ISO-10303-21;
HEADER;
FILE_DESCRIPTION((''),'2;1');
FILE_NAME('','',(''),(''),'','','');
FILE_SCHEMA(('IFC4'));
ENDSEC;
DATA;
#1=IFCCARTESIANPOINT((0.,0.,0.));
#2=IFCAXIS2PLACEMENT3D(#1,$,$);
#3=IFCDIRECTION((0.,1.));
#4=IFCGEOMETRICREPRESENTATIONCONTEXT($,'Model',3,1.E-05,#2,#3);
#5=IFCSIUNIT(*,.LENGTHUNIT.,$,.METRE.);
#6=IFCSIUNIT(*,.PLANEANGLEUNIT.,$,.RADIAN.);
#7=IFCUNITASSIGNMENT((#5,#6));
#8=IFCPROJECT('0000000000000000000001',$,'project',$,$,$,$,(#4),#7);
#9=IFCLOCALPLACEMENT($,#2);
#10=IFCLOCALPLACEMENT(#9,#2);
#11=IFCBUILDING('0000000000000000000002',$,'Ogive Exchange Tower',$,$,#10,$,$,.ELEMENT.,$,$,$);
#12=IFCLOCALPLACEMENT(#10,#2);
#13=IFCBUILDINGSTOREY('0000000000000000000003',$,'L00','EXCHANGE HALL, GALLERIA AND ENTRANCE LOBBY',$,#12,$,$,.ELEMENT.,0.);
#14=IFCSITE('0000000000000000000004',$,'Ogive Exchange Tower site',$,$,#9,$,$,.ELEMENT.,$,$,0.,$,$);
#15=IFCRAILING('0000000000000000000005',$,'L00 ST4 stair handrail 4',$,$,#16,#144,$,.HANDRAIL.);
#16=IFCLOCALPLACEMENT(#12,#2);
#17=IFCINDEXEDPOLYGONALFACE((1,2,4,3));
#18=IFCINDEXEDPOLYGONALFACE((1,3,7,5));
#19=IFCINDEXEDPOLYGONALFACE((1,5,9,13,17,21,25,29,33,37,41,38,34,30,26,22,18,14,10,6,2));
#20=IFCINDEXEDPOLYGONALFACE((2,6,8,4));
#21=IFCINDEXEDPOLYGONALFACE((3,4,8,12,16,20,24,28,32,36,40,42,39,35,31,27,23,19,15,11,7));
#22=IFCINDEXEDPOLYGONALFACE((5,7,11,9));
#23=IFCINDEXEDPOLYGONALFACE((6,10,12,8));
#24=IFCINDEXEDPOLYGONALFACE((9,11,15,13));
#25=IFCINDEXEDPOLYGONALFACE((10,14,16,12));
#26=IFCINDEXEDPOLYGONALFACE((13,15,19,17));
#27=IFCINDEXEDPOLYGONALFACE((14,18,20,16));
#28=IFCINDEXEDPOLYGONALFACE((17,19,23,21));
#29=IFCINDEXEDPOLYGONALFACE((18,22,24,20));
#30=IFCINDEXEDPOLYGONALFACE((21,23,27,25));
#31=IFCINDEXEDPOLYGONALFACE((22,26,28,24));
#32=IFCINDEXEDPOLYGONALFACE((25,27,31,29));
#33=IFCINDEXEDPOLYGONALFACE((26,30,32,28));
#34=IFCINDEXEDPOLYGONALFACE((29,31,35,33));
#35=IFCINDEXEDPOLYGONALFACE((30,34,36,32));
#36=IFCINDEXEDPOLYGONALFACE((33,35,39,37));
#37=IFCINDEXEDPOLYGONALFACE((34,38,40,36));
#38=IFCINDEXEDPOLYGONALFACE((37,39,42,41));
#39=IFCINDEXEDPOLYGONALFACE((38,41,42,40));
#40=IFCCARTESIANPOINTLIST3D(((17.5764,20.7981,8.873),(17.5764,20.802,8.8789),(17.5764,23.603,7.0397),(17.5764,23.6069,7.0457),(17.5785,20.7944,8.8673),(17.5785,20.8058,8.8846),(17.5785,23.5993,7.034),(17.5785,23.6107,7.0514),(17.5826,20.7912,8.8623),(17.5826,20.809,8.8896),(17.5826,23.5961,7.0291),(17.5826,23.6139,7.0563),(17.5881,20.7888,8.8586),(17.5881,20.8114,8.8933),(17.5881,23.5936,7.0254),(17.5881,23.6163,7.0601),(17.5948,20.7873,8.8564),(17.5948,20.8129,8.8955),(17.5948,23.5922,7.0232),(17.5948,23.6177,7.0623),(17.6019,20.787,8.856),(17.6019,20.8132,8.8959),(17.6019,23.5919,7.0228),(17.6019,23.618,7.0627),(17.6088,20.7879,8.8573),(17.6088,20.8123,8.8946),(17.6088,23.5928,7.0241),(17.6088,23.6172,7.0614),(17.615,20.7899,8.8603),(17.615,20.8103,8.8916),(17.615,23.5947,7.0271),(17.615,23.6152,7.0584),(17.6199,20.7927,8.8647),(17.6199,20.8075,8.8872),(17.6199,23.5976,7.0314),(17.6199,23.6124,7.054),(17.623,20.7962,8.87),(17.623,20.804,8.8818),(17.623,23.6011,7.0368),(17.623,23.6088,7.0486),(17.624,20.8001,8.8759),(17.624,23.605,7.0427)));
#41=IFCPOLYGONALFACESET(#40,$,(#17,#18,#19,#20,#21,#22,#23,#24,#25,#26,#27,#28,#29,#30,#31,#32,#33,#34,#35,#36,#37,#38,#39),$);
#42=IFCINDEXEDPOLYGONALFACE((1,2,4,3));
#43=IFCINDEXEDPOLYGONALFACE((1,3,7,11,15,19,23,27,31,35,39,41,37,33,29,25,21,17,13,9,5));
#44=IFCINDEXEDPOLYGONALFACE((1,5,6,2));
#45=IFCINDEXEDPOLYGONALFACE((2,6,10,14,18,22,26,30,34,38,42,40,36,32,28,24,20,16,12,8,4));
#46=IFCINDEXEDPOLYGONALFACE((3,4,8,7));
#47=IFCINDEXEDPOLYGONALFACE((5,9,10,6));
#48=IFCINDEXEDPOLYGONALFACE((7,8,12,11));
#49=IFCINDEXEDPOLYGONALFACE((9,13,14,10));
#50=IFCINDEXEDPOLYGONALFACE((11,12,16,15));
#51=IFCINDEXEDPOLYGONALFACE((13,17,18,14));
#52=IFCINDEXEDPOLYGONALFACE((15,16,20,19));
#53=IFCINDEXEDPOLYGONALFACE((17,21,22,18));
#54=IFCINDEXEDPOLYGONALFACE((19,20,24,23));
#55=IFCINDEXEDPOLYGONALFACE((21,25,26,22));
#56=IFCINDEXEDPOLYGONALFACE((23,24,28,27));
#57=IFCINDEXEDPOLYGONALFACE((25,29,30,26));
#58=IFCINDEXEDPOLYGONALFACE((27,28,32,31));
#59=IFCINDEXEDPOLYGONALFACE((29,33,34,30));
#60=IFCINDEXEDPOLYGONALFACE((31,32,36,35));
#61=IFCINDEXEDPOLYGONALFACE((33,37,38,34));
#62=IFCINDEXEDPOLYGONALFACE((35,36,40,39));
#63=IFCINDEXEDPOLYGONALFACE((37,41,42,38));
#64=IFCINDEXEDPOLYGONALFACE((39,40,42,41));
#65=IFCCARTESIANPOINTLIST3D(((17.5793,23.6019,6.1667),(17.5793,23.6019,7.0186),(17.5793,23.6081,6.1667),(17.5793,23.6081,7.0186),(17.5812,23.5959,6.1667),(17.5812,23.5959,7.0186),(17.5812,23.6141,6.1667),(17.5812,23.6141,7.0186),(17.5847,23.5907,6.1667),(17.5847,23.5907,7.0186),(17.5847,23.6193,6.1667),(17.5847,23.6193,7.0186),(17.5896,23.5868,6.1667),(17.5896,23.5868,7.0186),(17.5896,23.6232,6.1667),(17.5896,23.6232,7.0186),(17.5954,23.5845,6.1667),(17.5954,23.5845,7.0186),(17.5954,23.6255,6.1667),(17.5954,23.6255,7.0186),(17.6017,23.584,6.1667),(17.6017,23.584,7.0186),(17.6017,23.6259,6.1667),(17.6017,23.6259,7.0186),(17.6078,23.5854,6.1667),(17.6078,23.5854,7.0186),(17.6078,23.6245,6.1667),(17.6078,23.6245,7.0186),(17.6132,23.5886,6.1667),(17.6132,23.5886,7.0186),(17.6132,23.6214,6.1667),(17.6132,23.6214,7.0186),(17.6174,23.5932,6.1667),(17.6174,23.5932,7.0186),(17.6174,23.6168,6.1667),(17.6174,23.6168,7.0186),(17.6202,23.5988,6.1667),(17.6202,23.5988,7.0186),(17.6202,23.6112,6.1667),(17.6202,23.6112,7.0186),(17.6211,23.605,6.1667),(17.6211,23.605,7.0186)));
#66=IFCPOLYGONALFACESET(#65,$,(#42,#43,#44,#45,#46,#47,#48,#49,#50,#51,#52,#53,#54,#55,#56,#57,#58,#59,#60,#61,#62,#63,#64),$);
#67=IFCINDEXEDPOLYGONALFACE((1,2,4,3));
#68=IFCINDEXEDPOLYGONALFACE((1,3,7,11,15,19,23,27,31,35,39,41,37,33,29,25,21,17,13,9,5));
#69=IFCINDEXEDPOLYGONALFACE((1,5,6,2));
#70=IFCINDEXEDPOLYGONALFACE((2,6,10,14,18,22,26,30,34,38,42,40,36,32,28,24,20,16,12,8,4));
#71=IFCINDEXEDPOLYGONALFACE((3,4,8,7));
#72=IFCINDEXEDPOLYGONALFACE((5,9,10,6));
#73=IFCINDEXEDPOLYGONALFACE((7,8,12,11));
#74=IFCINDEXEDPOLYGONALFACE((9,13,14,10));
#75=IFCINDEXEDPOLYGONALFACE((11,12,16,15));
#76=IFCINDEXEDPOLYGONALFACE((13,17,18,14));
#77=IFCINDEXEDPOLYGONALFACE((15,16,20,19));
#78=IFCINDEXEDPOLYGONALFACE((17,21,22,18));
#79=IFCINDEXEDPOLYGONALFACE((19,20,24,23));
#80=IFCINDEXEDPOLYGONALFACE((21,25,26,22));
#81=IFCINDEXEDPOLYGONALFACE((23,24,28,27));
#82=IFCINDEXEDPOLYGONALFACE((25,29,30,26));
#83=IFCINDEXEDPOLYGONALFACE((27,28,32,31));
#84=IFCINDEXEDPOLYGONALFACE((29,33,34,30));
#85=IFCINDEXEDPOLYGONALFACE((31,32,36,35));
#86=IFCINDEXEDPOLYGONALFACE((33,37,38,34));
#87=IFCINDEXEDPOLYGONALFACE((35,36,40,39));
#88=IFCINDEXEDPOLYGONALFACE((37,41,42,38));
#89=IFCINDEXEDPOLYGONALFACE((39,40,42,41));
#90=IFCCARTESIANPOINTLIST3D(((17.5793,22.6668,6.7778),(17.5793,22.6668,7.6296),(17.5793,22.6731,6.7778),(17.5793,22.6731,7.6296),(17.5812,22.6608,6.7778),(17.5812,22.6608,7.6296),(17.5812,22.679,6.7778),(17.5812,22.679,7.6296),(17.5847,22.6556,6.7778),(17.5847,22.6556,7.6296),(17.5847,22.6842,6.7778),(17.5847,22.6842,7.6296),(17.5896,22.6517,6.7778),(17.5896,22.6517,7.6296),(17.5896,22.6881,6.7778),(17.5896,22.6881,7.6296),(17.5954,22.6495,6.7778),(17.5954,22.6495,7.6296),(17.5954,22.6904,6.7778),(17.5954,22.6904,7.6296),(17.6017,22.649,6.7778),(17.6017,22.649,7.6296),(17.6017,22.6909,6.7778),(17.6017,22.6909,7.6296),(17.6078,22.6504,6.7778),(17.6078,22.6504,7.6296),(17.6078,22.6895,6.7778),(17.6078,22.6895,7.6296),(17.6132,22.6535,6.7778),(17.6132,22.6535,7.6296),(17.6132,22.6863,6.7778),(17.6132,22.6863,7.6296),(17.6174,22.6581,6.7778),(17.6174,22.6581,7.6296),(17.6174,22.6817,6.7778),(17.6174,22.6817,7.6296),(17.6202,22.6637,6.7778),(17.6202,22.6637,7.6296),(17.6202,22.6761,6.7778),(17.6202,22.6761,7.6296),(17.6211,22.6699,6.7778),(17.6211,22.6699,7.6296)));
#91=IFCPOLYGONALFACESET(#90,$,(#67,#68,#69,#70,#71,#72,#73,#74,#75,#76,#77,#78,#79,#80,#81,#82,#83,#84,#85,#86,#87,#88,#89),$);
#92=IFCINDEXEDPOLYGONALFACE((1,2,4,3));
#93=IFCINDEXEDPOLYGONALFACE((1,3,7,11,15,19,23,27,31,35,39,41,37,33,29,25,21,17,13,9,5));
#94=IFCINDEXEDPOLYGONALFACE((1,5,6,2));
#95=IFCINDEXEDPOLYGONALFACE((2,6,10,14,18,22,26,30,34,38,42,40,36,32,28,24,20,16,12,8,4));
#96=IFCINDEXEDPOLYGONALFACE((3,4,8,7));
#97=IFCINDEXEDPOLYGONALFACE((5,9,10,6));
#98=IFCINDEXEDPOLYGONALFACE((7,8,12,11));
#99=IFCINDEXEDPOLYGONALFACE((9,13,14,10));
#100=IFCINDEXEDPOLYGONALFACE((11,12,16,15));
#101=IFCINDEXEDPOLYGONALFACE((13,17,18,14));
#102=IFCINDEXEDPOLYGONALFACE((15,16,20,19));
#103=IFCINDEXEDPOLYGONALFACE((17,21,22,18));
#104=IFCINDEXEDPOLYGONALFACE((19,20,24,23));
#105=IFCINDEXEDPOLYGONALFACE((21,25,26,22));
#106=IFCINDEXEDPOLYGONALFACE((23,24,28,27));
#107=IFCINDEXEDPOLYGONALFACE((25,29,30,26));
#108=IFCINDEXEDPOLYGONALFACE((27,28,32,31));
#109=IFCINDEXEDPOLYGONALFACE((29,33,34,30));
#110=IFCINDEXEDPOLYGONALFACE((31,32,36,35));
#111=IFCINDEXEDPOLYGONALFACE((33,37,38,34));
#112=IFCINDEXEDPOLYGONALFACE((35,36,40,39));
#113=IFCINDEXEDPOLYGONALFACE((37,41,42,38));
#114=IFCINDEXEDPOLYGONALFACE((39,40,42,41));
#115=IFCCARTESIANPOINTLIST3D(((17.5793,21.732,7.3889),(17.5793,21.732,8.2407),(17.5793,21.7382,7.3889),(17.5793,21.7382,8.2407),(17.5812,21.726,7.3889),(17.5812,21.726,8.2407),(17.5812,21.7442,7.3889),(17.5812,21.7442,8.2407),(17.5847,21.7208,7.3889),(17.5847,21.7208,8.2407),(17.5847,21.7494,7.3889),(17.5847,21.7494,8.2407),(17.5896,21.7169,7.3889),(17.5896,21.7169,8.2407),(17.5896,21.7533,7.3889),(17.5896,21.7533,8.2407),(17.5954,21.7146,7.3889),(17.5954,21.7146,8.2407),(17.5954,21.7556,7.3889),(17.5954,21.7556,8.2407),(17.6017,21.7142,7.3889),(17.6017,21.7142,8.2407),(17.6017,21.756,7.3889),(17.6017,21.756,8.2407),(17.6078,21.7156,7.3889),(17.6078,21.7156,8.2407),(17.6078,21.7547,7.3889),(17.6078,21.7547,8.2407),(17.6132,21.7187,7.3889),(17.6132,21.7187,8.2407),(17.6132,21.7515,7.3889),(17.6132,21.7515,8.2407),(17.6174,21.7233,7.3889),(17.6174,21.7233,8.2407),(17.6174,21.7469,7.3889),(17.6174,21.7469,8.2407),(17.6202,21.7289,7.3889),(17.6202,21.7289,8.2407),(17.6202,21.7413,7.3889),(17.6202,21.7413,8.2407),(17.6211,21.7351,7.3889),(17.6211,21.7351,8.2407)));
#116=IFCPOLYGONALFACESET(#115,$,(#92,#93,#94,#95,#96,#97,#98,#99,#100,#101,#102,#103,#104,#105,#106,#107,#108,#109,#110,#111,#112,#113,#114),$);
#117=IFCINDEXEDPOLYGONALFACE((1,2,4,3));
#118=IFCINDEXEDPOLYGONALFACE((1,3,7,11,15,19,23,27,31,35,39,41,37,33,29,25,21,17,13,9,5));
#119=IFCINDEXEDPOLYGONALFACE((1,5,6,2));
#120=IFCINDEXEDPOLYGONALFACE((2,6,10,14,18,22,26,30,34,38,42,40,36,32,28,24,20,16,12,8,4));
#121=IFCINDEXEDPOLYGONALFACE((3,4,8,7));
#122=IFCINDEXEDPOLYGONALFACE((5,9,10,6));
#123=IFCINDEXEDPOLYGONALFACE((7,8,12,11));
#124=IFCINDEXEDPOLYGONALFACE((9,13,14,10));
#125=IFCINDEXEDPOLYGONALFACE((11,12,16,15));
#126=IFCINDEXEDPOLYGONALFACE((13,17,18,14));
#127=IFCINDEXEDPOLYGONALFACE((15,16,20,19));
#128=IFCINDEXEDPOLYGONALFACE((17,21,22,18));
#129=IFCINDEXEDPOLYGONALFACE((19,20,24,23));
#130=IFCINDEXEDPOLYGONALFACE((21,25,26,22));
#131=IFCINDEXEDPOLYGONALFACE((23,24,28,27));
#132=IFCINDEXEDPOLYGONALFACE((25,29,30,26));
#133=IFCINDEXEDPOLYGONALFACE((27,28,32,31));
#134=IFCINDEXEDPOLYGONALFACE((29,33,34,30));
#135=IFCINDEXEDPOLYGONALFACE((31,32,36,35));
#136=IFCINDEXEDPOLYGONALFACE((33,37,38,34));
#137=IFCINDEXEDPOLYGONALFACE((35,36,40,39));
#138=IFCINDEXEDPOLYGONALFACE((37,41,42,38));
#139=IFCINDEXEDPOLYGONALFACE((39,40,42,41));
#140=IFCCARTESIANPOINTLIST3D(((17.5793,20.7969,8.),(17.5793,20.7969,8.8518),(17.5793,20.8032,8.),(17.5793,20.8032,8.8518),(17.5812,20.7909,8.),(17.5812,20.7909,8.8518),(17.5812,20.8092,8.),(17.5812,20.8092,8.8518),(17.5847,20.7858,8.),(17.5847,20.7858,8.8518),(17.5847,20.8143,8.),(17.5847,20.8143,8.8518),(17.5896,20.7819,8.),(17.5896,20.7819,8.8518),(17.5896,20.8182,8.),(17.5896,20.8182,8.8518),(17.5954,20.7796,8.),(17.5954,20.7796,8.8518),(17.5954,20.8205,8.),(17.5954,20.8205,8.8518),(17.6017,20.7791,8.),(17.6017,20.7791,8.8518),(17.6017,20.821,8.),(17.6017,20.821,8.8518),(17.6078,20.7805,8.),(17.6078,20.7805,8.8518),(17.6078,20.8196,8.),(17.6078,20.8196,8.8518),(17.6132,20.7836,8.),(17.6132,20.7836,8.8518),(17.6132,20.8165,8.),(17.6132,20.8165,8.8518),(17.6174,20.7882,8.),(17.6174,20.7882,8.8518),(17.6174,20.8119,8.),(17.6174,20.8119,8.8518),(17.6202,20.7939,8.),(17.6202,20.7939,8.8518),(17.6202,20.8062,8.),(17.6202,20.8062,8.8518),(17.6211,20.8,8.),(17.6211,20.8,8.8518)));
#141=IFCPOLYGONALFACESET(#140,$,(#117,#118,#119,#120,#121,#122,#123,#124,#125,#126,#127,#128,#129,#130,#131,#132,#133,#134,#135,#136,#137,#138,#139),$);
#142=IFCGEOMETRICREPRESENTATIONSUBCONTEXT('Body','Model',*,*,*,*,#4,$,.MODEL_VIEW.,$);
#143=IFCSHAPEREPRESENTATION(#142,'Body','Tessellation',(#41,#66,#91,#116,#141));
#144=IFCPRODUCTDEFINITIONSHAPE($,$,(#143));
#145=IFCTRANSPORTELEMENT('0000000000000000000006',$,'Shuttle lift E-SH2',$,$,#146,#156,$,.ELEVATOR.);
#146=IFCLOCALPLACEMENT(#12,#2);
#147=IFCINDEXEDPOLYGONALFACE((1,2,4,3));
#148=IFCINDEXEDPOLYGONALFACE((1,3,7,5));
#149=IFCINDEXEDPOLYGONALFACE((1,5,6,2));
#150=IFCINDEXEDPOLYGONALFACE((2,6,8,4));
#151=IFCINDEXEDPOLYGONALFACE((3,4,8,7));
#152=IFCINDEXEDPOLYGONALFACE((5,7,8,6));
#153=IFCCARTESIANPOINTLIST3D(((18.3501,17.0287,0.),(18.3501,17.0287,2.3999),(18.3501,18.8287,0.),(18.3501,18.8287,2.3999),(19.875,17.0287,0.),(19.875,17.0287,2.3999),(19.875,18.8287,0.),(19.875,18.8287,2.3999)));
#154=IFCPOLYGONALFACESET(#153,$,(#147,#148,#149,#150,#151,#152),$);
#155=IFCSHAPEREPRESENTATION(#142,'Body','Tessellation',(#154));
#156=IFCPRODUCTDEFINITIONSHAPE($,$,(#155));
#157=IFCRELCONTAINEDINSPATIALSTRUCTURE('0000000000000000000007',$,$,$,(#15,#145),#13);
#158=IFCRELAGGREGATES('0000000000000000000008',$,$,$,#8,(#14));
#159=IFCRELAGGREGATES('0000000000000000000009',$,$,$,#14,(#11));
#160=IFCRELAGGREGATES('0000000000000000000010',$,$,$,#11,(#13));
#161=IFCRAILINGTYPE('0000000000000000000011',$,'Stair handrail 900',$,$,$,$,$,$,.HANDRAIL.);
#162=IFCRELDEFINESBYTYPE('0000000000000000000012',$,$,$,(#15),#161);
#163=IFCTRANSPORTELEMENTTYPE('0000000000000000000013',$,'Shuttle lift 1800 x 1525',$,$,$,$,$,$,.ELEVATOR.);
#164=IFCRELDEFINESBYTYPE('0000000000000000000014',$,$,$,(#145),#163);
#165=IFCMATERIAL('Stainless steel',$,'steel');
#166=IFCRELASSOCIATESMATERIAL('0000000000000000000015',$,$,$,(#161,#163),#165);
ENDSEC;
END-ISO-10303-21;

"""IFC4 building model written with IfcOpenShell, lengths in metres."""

from ifc_helpers import new_model, si_unit, direction, frame, origin, origin_2d, place, context, subcontext, project, spatial, rectangle, circle, extrude, material, type_object, element, save


model = new_model("IFC4")

# Units and contexts
model_context = context("Model", 3, precision=1e-05, world=origin(), true_north=direction((0.0, 1.0)))
body_context = subcontext(model_context, "Body", "Model", "MODEL_VIEW")
ifc_project = project(units=[si_unit("LENGTHUNIT", "METRE"), si_unit("PLANEANGLEUNIT", "RADIAN")], contexts=[model_context])

# Site, building, storey
site_placement = place(None, origin())
site = spatial("IfcSite", under=ifc_project, at=site_placement, Name="Ogive Exchange Tower site", CompositionType="ELEMENT", RefElevation=0.0)
building_placement = place(site_placement, origin())
building = spatial("IfcBuilding", under=site, at=building_placement, Name="Ogive Exchange Tower", CompositionType="ELEMENT")
storey_placement = place(building_placement, origin())
storey = spatial("IfcBuildingStorey", under=building, at=storey_placement, Name="L00", Description="EXCHANGE HALL, GALLERIA AND ENTRANCE LOBBY", CompositionType="ELEMENT", Elevation=0.0)

# Railing
ifc_material_1 = material(Name="Stainless steel", Category="steel")
railing_type = type_object("IfcRailingType", Name="Stair handrail 900", PredefinedType="HANDRAIL", material=ifc_material_1)
railing_1_placement = place(storey_placement, frame((17.6001, 23.605, 6.1667)))
element("IfcRailing", 1, at=railing_1_placement, inside=storey, type_object=railing_type, Name="L00 ST4 stair handrail 4", PredefinedType="HANDRAIL", context=body_context, shape_type="SweptSolid", body=[
    extrude(circle(Radius=0.0239, at=origin_2d()), frame((0.0, 0.0, 0.876), z_axis=(0.0, -0.837071, 0.547094), x_axis=(1.0, 0.0, 0.0)), (0.0, 0.0, 1.0), 3.3508),
    extrude(circle(Radius=0.021, at=origin_2d()), origin(), (0.0, 0.0, 1.0), 0.8518),
    extrude(circle(Radius=0.021, at=origin_2d()), frame((0.0, -0.9351, 0.6111)), (0.0, 0.0, 1.0), 0.8518),
    extrude(circle(Radius=0.021, at=origin_2d()), frame((0.0, -1.8699, 1.2222)), (0.0, 0.0, 1.0), 0.8518),
    extrude(circle(Radius=0.021, at=origin_2d()), frame((0.0, -2.8049, 1.8333)), (0.0, 0.0, 1.0), 0.8518),
])

# Transport element
transport_element_type = type_object("IfcTransportElementType", Name="Shuttle lift 1800 x 1525", PredefinedType="ELEVATOR", material=ifc_material_1)
transport_element_placement = place(storey_placement, frame((19.1125, 17.9287, 0.0), z_axis=(0.0, 0.0, 1.0), x_axis=(1.0, 0.0, 0.0)))
element("IfcTransportElement", 2, at=transport_element_placement, inside=storey, type_object=transport_element_type, Name="Shuttle lift E-SH2", PredefinedType="ELEVATOR", context=body_context, shape_type="SweptSolid", body=[
    extrude(rectangle(XDim=1.5249, YDim=1.8, at=origin_2d()), origin(), (0.0, 0.0, 1.0), 2.3999),
])

save(model, "model.ifc")
